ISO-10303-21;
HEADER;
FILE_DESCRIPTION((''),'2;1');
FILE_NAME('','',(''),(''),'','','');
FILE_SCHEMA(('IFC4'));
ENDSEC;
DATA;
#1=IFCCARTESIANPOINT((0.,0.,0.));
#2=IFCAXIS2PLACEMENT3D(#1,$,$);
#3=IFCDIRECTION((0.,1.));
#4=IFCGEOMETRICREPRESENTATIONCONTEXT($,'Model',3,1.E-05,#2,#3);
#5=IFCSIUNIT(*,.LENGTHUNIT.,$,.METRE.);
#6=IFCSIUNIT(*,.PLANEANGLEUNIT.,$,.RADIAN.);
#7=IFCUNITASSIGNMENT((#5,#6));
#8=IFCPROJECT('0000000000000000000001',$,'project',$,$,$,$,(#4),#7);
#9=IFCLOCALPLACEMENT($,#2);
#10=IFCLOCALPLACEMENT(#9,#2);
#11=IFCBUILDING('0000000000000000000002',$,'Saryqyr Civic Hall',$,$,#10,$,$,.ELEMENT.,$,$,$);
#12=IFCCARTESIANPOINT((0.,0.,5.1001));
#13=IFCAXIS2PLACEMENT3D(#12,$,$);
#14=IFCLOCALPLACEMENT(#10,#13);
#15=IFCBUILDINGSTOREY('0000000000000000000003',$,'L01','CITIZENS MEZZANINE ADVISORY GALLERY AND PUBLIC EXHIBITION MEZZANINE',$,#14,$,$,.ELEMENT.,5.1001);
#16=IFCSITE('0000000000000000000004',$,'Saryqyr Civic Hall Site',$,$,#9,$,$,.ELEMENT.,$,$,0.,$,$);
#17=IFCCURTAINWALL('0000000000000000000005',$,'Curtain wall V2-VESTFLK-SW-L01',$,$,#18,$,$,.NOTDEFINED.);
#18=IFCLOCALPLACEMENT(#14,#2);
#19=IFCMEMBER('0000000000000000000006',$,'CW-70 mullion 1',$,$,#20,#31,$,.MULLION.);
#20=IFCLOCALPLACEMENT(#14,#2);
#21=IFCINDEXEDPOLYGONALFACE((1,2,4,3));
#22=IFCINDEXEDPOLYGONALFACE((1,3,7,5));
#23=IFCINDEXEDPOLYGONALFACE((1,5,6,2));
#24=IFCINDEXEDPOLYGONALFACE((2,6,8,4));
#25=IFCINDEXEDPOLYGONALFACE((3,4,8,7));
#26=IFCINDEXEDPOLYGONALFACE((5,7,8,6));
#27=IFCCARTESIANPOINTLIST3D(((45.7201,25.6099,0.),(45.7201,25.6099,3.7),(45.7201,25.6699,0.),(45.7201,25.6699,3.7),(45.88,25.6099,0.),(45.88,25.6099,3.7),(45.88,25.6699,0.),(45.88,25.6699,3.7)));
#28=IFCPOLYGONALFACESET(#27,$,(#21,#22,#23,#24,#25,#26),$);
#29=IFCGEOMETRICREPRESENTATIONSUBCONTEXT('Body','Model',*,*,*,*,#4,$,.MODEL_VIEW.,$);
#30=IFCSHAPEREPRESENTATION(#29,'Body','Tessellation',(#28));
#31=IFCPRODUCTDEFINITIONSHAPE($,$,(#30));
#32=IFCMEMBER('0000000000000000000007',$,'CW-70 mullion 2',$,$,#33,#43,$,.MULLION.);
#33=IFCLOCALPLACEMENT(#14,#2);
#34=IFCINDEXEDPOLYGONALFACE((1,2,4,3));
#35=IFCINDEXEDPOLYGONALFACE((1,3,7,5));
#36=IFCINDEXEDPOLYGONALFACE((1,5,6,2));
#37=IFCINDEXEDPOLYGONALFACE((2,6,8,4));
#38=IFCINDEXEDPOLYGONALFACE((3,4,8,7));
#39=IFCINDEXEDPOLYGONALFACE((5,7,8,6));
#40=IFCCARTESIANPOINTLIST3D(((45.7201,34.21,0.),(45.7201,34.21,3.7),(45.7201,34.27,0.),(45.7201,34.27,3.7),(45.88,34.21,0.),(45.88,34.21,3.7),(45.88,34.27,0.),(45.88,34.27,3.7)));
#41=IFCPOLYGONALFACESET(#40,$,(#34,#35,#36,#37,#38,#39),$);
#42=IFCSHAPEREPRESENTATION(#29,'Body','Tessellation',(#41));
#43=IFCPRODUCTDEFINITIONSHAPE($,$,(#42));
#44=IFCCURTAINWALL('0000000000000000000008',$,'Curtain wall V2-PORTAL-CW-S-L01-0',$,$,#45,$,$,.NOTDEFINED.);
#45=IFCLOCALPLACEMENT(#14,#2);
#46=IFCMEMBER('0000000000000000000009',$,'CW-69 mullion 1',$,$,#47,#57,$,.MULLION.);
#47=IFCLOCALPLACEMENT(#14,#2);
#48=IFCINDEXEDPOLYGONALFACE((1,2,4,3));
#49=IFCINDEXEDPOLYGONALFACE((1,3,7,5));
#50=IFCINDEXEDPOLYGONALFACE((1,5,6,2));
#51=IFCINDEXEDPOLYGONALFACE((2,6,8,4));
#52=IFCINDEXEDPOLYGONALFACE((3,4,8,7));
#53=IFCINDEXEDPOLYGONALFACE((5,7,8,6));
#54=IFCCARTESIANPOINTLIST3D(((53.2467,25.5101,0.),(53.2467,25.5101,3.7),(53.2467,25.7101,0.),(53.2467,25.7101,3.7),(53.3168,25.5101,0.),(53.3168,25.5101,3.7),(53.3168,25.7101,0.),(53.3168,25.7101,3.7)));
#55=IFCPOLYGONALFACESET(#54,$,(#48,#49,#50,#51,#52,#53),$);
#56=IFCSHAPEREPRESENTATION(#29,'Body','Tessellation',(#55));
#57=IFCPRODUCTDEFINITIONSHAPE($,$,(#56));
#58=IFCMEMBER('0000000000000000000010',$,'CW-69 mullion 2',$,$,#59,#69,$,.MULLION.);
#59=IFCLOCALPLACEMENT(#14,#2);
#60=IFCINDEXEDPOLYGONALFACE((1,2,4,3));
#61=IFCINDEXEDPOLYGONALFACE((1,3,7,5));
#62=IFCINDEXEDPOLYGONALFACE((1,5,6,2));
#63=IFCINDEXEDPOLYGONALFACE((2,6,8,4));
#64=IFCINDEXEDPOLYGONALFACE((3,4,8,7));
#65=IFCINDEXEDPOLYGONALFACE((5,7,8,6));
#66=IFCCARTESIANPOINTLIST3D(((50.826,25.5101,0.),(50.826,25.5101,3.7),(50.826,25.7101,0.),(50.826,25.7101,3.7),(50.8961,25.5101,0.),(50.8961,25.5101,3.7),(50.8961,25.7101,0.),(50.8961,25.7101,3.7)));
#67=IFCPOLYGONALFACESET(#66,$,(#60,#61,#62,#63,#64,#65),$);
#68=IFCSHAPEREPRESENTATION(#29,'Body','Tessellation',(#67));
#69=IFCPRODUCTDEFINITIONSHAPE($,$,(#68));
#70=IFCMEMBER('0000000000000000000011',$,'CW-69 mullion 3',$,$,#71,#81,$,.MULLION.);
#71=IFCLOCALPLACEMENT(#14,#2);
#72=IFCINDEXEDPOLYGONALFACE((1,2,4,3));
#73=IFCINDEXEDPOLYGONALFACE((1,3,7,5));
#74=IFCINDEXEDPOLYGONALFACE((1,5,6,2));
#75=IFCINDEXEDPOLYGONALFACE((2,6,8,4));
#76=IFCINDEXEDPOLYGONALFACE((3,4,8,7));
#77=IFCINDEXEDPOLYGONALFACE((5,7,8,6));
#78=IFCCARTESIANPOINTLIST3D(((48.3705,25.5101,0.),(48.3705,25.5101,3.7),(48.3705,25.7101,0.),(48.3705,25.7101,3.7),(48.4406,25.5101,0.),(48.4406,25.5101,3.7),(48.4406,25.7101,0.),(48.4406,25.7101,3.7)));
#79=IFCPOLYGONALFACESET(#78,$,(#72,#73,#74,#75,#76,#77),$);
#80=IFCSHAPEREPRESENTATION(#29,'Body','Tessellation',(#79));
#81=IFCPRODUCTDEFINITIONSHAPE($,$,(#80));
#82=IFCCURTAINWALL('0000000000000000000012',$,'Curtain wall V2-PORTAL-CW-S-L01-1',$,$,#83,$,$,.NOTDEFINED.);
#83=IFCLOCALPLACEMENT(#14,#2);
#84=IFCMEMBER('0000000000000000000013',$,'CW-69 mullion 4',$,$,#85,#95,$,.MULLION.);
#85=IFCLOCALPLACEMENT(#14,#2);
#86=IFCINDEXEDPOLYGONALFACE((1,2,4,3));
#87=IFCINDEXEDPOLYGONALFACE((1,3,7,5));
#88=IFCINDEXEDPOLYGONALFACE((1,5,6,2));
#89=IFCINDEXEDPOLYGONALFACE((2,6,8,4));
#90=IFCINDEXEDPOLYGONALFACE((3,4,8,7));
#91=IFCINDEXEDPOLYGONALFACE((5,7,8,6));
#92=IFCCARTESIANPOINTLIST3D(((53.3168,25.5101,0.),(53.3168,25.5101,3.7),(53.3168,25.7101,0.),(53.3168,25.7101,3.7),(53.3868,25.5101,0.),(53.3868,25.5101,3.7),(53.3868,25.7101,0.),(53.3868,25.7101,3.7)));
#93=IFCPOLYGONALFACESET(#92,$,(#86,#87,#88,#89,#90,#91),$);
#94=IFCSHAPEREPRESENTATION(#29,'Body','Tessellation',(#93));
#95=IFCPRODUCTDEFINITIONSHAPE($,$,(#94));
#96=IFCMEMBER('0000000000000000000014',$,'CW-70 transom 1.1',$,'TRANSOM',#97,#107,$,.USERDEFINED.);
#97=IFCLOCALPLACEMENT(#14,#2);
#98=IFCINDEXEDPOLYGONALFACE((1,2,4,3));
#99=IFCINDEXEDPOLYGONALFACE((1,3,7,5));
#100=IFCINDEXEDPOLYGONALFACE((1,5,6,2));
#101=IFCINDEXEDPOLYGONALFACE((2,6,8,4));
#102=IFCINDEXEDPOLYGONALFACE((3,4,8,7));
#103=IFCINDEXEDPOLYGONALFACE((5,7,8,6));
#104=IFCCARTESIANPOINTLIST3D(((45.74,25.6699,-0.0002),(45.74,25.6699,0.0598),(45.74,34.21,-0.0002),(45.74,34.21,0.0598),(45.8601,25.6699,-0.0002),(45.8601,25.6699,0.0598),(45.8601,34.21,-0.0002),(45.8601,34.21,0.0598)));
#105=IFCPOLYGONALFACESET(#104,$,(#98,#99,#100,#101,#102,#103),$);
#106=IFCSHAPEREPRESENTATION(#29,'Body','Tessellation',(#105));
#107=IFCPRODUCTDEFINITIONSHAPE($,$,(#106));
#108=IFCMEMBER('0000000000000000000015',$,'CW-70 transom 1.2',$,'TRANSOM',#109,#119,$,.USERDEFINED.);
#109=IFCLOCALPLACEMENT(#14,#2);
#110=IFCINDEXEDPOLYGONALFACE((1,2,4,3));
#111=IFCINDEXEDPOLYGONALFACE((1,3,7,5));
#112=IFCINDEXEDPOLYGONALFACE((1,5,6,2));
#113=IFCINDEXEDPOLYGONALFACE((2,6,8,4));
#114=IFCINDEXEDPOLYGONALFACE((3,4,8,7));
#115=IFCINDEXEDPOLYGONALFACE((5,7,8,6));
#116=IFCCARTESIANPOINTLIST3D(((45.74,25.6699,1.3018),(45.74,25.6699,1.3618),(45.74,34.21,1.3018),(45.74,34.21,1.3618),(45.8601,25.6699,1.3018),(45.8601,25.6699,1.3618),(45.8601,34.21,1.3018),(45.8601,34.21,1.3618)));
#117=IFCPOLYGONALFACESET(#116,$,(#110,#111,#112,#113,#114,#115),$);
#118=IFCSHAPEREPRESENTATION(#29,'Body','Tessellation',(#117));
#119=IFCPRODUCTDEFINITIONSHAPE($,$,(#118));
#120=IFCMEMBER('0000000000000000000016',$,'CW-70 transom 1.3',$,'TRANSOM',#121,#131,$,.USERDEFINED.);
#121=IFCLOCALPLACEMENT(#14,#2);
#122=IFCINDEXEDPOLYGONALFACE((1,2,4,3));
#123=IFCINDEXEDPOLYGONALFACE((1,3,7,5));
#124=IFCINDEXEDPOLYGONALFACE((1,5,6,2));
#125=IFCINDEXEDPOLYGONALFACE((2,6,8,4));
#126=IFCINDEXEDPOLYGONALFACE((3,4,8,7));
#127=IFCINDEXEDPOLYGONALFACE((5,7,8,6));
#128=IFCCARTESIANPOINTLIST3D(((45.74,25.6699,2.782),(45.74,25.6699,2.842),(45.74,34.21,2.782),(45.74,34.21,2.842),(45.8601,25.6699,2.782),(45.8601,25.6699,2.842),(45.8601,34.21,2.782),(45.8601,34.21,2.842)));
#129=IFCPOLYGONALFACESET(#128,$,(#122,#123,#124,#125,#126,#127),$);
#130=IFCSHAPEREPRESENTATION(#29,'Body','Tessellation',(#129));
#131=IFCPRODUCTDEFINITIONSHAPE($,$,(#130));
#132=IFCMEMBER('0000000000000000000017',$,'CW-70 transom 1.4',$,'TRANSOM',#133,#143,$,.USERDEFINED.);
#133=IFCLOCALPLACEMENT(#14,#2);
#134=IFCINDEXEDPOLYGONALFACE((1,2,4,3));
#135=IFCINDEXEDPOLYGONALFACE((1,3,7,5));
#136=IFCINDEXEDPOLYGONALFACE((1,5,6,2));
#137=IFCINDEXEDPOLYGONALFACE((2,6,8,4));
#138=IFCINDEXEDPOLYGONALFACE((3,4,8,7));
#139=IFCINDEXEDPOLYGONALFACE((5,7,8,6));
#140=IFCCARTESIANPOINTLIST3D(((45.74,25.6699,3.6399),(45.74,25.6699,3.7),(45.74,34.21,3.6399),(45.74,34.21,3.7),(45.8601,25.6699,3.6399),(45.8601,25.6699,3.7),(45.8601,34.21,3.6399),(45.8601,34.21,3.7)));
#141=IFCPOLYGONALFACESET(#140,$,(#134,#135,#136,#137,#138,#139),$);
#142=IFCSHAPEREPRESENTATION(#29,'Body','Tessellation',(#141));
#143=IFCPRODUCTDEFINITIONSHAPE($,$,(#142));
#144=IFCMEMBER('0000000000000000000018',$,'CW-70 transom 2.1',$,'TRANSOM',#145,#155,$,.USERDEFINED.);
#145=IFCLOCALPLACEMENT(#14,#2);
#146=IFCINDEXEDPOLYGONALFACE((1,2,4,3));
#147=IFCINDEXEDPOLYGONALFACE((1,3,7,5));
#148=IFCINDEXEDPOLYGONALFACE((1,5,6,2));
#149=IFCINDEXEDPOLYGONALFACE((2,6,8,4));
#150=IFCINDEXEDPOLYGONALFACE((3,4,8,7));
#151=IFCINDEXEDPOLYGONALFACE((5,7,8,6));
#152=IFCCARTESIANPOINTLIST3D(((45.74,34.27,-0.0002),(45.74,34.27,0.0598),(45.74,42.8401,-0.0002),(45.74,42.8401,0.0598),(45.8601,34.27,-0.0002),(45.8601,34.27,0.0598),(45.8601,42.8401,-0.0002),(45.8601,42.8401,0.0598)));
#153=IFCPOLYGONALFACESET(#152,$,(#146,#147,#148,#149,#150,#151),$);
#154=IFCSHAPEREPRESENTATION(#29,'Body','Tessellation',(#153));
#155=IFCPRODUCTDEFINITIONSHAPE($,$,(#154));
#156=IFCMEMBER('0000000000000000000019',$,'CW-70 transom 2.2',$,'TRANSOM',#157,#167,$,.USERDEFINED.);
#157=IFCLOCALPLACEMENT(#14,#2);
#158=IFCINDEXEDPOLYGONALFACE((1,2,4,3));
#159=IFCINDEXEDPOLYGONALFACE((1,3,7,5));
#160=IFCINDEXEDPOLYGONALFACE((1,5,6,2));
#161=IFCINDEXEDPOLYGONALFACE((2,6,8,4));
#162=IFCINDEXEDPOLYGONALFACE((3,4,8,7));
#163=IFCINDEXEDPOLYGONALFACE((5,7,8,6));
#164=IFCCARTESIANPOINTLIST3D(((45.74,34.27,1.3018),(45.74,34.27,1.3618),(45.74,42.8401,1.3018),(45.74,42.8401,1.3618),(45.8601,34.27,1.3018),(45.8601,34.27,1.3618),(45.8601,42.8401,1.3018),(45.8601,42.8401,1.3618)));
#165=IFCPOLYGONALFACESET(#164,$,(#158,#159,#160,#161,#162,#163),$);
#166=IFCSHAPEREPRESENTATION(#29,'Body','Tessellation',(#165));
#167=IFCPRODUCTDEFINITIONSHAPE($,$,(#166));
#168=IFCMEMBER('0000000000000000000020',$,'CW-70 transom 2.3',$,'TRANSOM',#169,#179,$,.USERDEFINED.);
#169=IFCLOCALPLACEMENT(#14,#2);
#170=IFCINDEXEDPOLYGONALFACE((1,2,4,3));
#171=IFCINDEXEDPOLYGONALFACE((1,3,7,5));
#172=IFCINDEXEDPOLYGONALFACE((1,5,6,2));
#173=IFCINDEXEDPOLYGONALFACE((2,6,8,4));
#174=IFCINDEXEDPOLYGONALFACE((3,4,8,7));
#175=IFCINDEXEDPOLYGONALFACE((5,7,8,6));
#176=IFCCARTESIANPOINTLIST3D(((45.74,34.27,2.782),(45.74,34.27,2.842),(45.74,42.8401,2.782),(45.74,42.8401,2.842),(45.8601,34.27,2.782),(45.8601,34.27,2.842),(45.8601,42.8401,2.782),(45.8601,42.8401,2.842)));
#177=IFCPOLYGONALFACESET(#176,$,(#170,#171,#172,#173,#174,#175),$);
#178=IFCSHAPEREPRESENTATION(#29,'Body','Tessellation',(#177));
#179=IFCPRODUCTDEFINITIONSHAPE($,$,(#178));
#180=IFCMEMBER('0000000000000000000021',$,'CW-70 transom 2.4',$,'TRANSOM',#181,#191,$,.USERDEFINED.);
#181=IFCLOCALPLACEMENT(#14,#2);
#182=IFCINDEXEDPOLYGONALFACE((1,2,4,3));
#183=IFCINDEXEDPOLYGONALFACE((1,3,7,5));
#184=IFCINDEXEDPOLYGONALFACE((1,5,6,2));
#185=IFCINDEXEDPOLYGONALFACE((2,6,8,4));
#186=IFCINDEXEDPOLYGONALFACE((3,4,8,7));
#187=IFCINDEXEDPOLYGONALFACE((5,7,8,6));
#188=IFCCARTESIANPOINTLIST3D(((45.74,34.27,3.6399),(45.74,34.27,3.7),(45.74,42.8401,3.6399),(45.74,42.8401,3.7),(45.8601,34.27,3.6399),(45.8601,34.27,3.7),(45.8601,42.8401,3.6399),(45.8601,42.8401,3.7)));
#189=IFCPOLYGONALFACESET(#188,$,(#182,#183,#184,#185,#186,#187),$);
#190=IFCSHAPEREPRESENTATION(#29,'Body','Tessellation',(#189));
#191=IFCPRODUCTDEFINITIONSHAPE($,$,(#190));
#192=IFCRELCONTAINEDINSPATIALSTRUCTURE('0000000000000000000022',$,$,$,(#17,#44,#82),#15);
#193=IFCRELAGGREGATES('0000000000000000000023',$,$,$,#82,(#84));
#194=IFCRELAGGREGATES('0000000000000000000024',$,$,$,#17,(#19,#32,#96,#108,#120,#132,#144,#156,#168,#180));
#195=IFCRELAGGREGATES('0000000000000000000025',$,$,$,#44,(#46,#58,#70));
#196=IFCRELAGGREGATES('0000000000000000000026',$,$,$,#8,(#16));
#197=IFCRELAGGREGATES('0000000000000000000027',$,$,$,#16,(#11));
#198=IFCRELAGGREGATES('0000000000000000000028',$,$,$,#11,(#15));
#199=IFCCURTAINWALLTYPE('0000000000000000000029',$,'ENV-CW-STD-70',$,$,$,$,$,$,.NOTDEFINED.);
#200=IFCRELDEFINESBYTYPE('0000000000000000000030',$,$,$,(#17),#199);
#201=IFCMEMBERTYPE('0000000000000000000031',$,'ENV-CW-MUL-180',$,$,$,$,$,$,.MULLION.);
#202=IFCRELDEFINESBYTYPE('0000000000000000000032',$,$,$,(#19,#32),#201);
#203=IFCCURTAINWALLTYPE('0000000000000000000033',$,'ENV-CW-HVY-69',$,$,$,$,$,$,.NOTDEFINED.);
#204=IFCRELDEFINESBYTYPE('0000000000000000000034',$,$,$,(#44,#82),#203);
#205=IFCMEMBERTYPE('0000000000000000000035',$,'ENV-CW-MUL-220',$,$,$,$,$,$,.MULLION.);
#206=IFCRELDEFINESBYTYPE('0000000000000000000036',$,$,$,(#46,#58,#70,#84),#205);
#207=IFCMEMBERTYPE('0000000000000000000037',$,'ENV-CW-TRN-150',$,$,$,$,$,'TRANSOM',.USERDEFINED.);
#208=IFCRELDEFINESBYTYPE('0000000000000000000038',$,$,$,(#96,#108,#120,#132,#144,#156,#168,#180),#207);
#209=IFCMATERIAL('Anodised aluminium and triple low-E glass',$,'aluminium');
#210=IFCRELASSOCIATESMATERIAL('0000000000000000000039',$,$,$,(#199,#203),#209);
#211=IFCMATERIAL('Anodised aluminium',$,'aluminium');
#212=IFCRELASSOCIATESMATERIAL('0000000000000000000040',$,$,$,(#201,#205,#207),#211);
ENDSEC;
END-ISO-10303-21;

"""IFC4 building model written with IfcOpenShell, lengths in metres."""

from ifc_helpers import new_model, si_unit, direction, frame, origin, origin_2d, place, context, subcontext, project, spatial, rectangle, extrude, material, material_profile, profile_set, type_object, element, aggregate, save


model = new_model("IFC4")

# Units and contexts
model_context = context("Model", 3, precision=1e-05, world=origin(), true_north=direction((0.0, 1.0)))
body_context = subcontext(model_context, "Body", "Model", "MODEL_VIEW")
ifc_project = project(units=[si_unit("LENGTHUNIT", "METRE"), si_unit("PLANEANGLEUNIT", "RADIAN")], contexts=[model_context])

# Site, building, storey
site_placement = place(None, origin())
site = spatial("IfcSite", under=ifc_project, at=site_placement, Name="Saryqyr Civic Hall Site", CompositionType="ELEMENT", RefElevation=0.0)
building_placement = place(site_placement, origin())
building = spatial("IfcBuilding", under=site, at=building_placement, Name="Saryqyr Civic Hall", CompositionType="ELEMENT")
storey_placement = place(building_placement, frame((0.0, 0.0, 5.1001)))
storey = spatial("IfcBuildingStorey", under=building, at=storey_placement, Name="L01", Description="CITIZENS MEZZANINE ADVISORY GALLERY AND PUBLIC EXHIBITION MEZZANINE", CompositionType="ELEMENT", Elevation=5.1001)

# Curtain walls, members
ifc_material_1 = material(Name="Anodised aluminium and triple low-E glass", Category="aluminium")
curtain_wall_type_1 = type_object("IfcCurtainWallType", Name="ENV-CW-STD-70", PredefinedType="NOTDEFINED", material=ifc_material_1)
curtain_wall_1_placement = place(storey_placement, origin())
curtain_wall_1 = element("IfcCurtainWall", 1, at=curtain_wall_1_placement, inside=storey, type_object=curtain_wall_type_1, Name="Curtain wall V2-VESTFLK-SW-L01", PredefinedType="NOTDEFINED")
ifc_material_2 = material(Name="Anodised aluminium", Category="aluminium")
ifc_material_profile_1 = material_profile(ifc_material_2, rectangle(XDim=0.0601, YDim=0.1599, at=origin_2d()), Name="ALU MULLION 60x160")
ifc_profile_set_1 = profile_set([ifc_material_profile_1], Name="Anodised aluminium")
member_type_1 = type_object("IfcMemberType", Name="ENV-CW-MUL-180", PredefinedType="MULLION", material=ifc_profile_set_1)
member_1_placement = place(storey_placement, frame((45.8, 25.6399, 0.0), z_axis=(0.0, 0.0, 1.0), x_axis=(0.0, 1.0, 0.0)))
member_1 = element("IfcMember", 2, at=member_1_placement, type_object=member_type_1, Name="CW-70 mullion 1", PredefinedType="MULLION", context=body_context, shape_type="SweptSolid", body=[
    extrude(rectangle(XDim=0.0601, YDim=0.1599, at=origin_2d()), origin(), (0.0, 0.0, 1.0), 3.7),
])
member_2_placement = place(storey_placement, frame((45.8, 34.24, 0.0), z_axis=(0.0, 0.0, 1.0), x_axis=(0.0, 1.0, 0.0)))
member_2 = element("IfcMember", 3, at=member_2_placement, type_object=member_type_1, Name="CW-70 mullion 2", PredefinedType="MULLION", context=body_context, shape_type="SweptSolid", body=[
    extrude(rectangle(XDim=0.0601, YDim=0.1599, at=origin_2d()), origin(), (0.0, 0.0, 1.0), 3.7),
])
curtain_wall_type_2 = type_object("IfcCurtainWallType", Name="ENV-CW-HVY-69", PredefinedType="NOTDEFINED", material=ifc_material_1)
curtain_wall_2_placement = place(storey_placement, origin())
curtain_wall_2 = element("IfcCurtainWall", 4, at=curtain_wall_2_placement, inside=storey, type_object=curtain_wall_type_2, Name="Curtain wall V2-PORTAL-CW-S-L01-0", PredefinedType="NOTDEFINED")
ifc_material_profile_2 = material_profile(ifc_material_2, rectangle(XDim=0.0701, YDim=0.2, at=origin_2d()), Name="ALU MULLION 70x200")
ifc_profile_set_2 = profile_set([ifc_material_profile_2], Name="Anodised aluminium")
member_type_2 = type_object("IfcMemberType", Name="ENV-CW-MUL-220", PredefinedType="MULLION", material=ifc_profile_set_2)
member_3_placement = place(storey_placement, frame((53.2817, 25.6101, 0.0), z_axis=(0.0, 0.0, 1.0), x_axis=(-1.0, 0.0, 0.0)))
member_3 = element("IfcMember", 5, at=member_3_placement, type_object=member_type_2, Name="CW-69 mullion 1", PredefinedType="MULLION", context=body_context, shape_type="SweptSolid", body=[
    extrude(rectangle(XDim=0.0701, YDim=0.2, at=origin_2d()), origin(), (0.0, 0.0, 1.0), 3.7),
])
member_4_placement = place(storey_placement, frame((50.8611, 25.6101, 0.0), z_axis=(0.0, 0.0, 1.0), x_axis=(-1.0, 0.0, 0.0)))
member_4 = element("IfcMember", 6, at=member_4_placement, type_object=member_type_2, Name="CW-69 mullion 2", PredefinedType="MULLION", context=body_context, shape_type="SweptSolid", body=[
    extrude(rectangle(XDim=0.0701, YDim=0.2, at=origin_2d()), origin(), (0.0, 0.0, 1.0), 3.7),
])
member_5_placement = place(storey_placement, frame((48.4055, 25.6101, 0.0), z_axis=(0.0, 0.0, 1.0), x_axis=(-1.0, 0.0, 0.0)))
member_5 = element("IfcMember", 7, at=member_5_placement, type_object=member_type_2, Name="CW-69 mullion 3", PredefinedType="MULLION", context=body_context, shape_type="SweptSolid", body=[
    extrude(rectangle(XDim=0.0701, YDim=0.2, at=origin_2d()), origin(), (0.0, 0.0, 1.0), 3.7),
])

# Curtain wall, member
curtain_wall_3_placement = place(storey_placement, origin())
curtain_wall_3 = element("IfcCurtainWall", 8, at=curtain_wall_3_placement, inside=storey, type_object=curtain_wall_type_2, Name="Curtain wall V2-PORTAL-CW-S-L01-1", PredefinedType="NOTDEFINED")
member_6_placement = place(storey_placement, frame((53.3518, 25.6101, 0.0), z_axis=(0.0, 0.0, 1.0), x_axis=(-1.0, 0.0, 0.0)))
member_6 = element("IfcMember", 9, at=member_6_placement, type_object=member_type_2, Name="CW-69 mullion 4", PredefinedType="MULLION", context=body_context, shape_type="SweptSolid", body=[
    extrude(rectangle(XDim=0.0701, YDim=0.2, at=origin_2d()), origin(), (0.0, 0.0, 1.0), 3.7),
])
aggregate(curtain_wall_3, [member_6])

# Members
ifc_material_profile_3 = material_profile(ifc_material_2, rectangle(XDim=0.1201, YDim=0.0601, at=origin_2d()), Name="ALU TRANSOM 120x60")
ifc_profile_set_3 = profile_set([ifc_material_profile_3], Name="Anodised aluminium")
member_type_3 = type_object("IfcMemberType", Name="ENV-CW-TRN-150", ElementType="TRANSOM", PredefinedType="USERDEFINED", material=ifc_profile_set_3)
member_7_placement = place(storey_placement, frame((45.8, 25.6699, 0.0298), z_axis=(0.0, 1.0, 0.0), x_axis=(-1.0, 0.0, 0.0)))
member_7 = element("IfcMember", 10, at=member_7_placement, type_object=member_type_3, Name="CW-70 transom 1.1", ObjectType="TRANSOM", PredefinedType="USERDEFINED", context=body_context, shape_type="SweptSolid", body=[
    extrude(rectangle(XDim=0.1201, YDim=0.0601, at=origin_2d()), origin(), (0.0, 0.0, 1.0), 8.54),
])
member_8_placement = place(storey_placement, frame((45.8, 25.6699, 1.3318), z_axis=(0.0, 1.0, 0.0), x_axis=(-1.0, 0.0, 0.0)))
member_8 = element("IfcMember", 11, at=member_8_placement, type_object=member_type_3, Name="CW-70 transom 1.2", ObjectType="TRANSOM", PredefinedType="USERDEFINED", context=body_context, shape_type="SweptSolid", body=[
    extrude(rectangle(XDim=0.1201, YDim=0.0601, at=origin_2d()), origin(), (0.0, 0.0, 1.0), 8.54),
])
member_9_placement = place(storey_placement, frame((45.8, 25.6699, 2.812), z_axis=(0.0, 1.0, 0.0), x_axis=(-1.0, 0.0, 0.0)))
member_9 = element("IfcMember", 12, at=member_9_placement, type_object=member_type_3, Name="CW-70 transom 1.3", ObjectType="TRANSOM", PredefinedType="USERDEFINED", context=body_context, shape_type="SweptSolid", body=[
    extrude(rectangle(XDim=0.1201, YDim=0.0601, at=origin_2d()), origin(), (0.0, 0.0, 1.0), 8.54),
])
member_10_placement = place(storey_placement, frame((45.8, 25.6699, 3.6699), z_axis=(0.0, 1.0, 0.0), x_axis=(-1.0, 0.0, 0.0)))
member_10 = element("IfcMember", 13, at=member_10_placement, type_object=member_type_3, Name="CW-70 transom 1.4", ObjectType="TRANSOM", PredefinedType="USERDEFINED", context=body_context, shape_type="SweptSolid", body=[
    extrude(rectangle(XDim=0.1201, YDim=0.0601, at=origin_2d()), origin(), (0.0, 0.0, 1.0), 8.54),
])
member_11_placement = place(storey_placement, frame((45.8, 34.27, 0.0298), z_axis=(0.0, 1.0, 0.0), x_axis=(-1.0, 0.0, 0.0)))
member_11 = element("IfcMember", 14, at=member_11_placement, type_object=member_type_3, Name="CW-70 transom 2.1", ObjectType="TRANSOM", PredefinedType="USERDEFINED", context=body_context, shape_type="SweptSolid", body=[
    extrude(rectangle(XDim=0.1201, YDim=0.0601, at=origin_2d()), origin(), (0.0, 0.0, 1.0), 8.5701),
])
member_12_placement = place(storey_placement, frame((45.8, 34.27, 1.3318), z_axis=(0.0, 1.0, 0.0), x_axis=(-1.0, 0.0, 0.0)))
member_12 = element("IfcMember", 15, at=member_12_placement, type_object=member_type_3, Name="CW-70 transom 2.2", ObjectType="TRANSOM", PredefinedType="USERDEFINED", context=body_context, shape_type="SweptSolid", body=[
    extrude(rectangle(XDim=0.1201, YDim=0.0601, at=origin_2d()), origin(), (0.0, 0.0, 1.0), 8.5701),
])
member_13_placement = place(storey_placement, frame((45.8, 34.27, 2.812), z_axis=(0.0, 1.0, 0.0), x_axis=(-1.0, 0.0, 0.0)))
member_13 = element("IfcMember", 16, at=member_13_placement, type_object=member_type_3, Name="CW-70 transom 2.3", ObjectType="TRANSOM", PredefinedType="USERDEFINED", context=body_context, shape_type="SweptSolid", body=[
    extrude(rectangle(XDim=0.1201, YDim=0.0601, at=origin_2d()), origin(), (0.0, 0.0, 1.0), 8.5701),
])
member_14_placement = place(storey_placement, frame((45.8, 34.27, 3.6699), z_axis=(0.0, 1.0, 0.0), x_axis=(-1.0, 0.0, 0.0)))
member_14 = element("IfcMember", 17, at=member_14_placement, type_object=member_type_3, Name="CW-70 transom 2.4", ObjectType="TRANSOM", PredefinedType="USERDEFINED", context=body_context, shape_type="SweptSolid", body=[
    extrude(rectangle(XDim=0.1201, YDim=0.0601, at=origin_2d()), origin(), (0.0, 0.0, 1.0), 8.5701),
])

aggregate(curtain_wall_1, [member_1, member_2, member_7, member_8, member_9, member_10, member_11, member_12, member_13, member_14])
aggregate(curtain_wall_2, [member_3, member_4, member_5])

save(model, "model.ifc")
